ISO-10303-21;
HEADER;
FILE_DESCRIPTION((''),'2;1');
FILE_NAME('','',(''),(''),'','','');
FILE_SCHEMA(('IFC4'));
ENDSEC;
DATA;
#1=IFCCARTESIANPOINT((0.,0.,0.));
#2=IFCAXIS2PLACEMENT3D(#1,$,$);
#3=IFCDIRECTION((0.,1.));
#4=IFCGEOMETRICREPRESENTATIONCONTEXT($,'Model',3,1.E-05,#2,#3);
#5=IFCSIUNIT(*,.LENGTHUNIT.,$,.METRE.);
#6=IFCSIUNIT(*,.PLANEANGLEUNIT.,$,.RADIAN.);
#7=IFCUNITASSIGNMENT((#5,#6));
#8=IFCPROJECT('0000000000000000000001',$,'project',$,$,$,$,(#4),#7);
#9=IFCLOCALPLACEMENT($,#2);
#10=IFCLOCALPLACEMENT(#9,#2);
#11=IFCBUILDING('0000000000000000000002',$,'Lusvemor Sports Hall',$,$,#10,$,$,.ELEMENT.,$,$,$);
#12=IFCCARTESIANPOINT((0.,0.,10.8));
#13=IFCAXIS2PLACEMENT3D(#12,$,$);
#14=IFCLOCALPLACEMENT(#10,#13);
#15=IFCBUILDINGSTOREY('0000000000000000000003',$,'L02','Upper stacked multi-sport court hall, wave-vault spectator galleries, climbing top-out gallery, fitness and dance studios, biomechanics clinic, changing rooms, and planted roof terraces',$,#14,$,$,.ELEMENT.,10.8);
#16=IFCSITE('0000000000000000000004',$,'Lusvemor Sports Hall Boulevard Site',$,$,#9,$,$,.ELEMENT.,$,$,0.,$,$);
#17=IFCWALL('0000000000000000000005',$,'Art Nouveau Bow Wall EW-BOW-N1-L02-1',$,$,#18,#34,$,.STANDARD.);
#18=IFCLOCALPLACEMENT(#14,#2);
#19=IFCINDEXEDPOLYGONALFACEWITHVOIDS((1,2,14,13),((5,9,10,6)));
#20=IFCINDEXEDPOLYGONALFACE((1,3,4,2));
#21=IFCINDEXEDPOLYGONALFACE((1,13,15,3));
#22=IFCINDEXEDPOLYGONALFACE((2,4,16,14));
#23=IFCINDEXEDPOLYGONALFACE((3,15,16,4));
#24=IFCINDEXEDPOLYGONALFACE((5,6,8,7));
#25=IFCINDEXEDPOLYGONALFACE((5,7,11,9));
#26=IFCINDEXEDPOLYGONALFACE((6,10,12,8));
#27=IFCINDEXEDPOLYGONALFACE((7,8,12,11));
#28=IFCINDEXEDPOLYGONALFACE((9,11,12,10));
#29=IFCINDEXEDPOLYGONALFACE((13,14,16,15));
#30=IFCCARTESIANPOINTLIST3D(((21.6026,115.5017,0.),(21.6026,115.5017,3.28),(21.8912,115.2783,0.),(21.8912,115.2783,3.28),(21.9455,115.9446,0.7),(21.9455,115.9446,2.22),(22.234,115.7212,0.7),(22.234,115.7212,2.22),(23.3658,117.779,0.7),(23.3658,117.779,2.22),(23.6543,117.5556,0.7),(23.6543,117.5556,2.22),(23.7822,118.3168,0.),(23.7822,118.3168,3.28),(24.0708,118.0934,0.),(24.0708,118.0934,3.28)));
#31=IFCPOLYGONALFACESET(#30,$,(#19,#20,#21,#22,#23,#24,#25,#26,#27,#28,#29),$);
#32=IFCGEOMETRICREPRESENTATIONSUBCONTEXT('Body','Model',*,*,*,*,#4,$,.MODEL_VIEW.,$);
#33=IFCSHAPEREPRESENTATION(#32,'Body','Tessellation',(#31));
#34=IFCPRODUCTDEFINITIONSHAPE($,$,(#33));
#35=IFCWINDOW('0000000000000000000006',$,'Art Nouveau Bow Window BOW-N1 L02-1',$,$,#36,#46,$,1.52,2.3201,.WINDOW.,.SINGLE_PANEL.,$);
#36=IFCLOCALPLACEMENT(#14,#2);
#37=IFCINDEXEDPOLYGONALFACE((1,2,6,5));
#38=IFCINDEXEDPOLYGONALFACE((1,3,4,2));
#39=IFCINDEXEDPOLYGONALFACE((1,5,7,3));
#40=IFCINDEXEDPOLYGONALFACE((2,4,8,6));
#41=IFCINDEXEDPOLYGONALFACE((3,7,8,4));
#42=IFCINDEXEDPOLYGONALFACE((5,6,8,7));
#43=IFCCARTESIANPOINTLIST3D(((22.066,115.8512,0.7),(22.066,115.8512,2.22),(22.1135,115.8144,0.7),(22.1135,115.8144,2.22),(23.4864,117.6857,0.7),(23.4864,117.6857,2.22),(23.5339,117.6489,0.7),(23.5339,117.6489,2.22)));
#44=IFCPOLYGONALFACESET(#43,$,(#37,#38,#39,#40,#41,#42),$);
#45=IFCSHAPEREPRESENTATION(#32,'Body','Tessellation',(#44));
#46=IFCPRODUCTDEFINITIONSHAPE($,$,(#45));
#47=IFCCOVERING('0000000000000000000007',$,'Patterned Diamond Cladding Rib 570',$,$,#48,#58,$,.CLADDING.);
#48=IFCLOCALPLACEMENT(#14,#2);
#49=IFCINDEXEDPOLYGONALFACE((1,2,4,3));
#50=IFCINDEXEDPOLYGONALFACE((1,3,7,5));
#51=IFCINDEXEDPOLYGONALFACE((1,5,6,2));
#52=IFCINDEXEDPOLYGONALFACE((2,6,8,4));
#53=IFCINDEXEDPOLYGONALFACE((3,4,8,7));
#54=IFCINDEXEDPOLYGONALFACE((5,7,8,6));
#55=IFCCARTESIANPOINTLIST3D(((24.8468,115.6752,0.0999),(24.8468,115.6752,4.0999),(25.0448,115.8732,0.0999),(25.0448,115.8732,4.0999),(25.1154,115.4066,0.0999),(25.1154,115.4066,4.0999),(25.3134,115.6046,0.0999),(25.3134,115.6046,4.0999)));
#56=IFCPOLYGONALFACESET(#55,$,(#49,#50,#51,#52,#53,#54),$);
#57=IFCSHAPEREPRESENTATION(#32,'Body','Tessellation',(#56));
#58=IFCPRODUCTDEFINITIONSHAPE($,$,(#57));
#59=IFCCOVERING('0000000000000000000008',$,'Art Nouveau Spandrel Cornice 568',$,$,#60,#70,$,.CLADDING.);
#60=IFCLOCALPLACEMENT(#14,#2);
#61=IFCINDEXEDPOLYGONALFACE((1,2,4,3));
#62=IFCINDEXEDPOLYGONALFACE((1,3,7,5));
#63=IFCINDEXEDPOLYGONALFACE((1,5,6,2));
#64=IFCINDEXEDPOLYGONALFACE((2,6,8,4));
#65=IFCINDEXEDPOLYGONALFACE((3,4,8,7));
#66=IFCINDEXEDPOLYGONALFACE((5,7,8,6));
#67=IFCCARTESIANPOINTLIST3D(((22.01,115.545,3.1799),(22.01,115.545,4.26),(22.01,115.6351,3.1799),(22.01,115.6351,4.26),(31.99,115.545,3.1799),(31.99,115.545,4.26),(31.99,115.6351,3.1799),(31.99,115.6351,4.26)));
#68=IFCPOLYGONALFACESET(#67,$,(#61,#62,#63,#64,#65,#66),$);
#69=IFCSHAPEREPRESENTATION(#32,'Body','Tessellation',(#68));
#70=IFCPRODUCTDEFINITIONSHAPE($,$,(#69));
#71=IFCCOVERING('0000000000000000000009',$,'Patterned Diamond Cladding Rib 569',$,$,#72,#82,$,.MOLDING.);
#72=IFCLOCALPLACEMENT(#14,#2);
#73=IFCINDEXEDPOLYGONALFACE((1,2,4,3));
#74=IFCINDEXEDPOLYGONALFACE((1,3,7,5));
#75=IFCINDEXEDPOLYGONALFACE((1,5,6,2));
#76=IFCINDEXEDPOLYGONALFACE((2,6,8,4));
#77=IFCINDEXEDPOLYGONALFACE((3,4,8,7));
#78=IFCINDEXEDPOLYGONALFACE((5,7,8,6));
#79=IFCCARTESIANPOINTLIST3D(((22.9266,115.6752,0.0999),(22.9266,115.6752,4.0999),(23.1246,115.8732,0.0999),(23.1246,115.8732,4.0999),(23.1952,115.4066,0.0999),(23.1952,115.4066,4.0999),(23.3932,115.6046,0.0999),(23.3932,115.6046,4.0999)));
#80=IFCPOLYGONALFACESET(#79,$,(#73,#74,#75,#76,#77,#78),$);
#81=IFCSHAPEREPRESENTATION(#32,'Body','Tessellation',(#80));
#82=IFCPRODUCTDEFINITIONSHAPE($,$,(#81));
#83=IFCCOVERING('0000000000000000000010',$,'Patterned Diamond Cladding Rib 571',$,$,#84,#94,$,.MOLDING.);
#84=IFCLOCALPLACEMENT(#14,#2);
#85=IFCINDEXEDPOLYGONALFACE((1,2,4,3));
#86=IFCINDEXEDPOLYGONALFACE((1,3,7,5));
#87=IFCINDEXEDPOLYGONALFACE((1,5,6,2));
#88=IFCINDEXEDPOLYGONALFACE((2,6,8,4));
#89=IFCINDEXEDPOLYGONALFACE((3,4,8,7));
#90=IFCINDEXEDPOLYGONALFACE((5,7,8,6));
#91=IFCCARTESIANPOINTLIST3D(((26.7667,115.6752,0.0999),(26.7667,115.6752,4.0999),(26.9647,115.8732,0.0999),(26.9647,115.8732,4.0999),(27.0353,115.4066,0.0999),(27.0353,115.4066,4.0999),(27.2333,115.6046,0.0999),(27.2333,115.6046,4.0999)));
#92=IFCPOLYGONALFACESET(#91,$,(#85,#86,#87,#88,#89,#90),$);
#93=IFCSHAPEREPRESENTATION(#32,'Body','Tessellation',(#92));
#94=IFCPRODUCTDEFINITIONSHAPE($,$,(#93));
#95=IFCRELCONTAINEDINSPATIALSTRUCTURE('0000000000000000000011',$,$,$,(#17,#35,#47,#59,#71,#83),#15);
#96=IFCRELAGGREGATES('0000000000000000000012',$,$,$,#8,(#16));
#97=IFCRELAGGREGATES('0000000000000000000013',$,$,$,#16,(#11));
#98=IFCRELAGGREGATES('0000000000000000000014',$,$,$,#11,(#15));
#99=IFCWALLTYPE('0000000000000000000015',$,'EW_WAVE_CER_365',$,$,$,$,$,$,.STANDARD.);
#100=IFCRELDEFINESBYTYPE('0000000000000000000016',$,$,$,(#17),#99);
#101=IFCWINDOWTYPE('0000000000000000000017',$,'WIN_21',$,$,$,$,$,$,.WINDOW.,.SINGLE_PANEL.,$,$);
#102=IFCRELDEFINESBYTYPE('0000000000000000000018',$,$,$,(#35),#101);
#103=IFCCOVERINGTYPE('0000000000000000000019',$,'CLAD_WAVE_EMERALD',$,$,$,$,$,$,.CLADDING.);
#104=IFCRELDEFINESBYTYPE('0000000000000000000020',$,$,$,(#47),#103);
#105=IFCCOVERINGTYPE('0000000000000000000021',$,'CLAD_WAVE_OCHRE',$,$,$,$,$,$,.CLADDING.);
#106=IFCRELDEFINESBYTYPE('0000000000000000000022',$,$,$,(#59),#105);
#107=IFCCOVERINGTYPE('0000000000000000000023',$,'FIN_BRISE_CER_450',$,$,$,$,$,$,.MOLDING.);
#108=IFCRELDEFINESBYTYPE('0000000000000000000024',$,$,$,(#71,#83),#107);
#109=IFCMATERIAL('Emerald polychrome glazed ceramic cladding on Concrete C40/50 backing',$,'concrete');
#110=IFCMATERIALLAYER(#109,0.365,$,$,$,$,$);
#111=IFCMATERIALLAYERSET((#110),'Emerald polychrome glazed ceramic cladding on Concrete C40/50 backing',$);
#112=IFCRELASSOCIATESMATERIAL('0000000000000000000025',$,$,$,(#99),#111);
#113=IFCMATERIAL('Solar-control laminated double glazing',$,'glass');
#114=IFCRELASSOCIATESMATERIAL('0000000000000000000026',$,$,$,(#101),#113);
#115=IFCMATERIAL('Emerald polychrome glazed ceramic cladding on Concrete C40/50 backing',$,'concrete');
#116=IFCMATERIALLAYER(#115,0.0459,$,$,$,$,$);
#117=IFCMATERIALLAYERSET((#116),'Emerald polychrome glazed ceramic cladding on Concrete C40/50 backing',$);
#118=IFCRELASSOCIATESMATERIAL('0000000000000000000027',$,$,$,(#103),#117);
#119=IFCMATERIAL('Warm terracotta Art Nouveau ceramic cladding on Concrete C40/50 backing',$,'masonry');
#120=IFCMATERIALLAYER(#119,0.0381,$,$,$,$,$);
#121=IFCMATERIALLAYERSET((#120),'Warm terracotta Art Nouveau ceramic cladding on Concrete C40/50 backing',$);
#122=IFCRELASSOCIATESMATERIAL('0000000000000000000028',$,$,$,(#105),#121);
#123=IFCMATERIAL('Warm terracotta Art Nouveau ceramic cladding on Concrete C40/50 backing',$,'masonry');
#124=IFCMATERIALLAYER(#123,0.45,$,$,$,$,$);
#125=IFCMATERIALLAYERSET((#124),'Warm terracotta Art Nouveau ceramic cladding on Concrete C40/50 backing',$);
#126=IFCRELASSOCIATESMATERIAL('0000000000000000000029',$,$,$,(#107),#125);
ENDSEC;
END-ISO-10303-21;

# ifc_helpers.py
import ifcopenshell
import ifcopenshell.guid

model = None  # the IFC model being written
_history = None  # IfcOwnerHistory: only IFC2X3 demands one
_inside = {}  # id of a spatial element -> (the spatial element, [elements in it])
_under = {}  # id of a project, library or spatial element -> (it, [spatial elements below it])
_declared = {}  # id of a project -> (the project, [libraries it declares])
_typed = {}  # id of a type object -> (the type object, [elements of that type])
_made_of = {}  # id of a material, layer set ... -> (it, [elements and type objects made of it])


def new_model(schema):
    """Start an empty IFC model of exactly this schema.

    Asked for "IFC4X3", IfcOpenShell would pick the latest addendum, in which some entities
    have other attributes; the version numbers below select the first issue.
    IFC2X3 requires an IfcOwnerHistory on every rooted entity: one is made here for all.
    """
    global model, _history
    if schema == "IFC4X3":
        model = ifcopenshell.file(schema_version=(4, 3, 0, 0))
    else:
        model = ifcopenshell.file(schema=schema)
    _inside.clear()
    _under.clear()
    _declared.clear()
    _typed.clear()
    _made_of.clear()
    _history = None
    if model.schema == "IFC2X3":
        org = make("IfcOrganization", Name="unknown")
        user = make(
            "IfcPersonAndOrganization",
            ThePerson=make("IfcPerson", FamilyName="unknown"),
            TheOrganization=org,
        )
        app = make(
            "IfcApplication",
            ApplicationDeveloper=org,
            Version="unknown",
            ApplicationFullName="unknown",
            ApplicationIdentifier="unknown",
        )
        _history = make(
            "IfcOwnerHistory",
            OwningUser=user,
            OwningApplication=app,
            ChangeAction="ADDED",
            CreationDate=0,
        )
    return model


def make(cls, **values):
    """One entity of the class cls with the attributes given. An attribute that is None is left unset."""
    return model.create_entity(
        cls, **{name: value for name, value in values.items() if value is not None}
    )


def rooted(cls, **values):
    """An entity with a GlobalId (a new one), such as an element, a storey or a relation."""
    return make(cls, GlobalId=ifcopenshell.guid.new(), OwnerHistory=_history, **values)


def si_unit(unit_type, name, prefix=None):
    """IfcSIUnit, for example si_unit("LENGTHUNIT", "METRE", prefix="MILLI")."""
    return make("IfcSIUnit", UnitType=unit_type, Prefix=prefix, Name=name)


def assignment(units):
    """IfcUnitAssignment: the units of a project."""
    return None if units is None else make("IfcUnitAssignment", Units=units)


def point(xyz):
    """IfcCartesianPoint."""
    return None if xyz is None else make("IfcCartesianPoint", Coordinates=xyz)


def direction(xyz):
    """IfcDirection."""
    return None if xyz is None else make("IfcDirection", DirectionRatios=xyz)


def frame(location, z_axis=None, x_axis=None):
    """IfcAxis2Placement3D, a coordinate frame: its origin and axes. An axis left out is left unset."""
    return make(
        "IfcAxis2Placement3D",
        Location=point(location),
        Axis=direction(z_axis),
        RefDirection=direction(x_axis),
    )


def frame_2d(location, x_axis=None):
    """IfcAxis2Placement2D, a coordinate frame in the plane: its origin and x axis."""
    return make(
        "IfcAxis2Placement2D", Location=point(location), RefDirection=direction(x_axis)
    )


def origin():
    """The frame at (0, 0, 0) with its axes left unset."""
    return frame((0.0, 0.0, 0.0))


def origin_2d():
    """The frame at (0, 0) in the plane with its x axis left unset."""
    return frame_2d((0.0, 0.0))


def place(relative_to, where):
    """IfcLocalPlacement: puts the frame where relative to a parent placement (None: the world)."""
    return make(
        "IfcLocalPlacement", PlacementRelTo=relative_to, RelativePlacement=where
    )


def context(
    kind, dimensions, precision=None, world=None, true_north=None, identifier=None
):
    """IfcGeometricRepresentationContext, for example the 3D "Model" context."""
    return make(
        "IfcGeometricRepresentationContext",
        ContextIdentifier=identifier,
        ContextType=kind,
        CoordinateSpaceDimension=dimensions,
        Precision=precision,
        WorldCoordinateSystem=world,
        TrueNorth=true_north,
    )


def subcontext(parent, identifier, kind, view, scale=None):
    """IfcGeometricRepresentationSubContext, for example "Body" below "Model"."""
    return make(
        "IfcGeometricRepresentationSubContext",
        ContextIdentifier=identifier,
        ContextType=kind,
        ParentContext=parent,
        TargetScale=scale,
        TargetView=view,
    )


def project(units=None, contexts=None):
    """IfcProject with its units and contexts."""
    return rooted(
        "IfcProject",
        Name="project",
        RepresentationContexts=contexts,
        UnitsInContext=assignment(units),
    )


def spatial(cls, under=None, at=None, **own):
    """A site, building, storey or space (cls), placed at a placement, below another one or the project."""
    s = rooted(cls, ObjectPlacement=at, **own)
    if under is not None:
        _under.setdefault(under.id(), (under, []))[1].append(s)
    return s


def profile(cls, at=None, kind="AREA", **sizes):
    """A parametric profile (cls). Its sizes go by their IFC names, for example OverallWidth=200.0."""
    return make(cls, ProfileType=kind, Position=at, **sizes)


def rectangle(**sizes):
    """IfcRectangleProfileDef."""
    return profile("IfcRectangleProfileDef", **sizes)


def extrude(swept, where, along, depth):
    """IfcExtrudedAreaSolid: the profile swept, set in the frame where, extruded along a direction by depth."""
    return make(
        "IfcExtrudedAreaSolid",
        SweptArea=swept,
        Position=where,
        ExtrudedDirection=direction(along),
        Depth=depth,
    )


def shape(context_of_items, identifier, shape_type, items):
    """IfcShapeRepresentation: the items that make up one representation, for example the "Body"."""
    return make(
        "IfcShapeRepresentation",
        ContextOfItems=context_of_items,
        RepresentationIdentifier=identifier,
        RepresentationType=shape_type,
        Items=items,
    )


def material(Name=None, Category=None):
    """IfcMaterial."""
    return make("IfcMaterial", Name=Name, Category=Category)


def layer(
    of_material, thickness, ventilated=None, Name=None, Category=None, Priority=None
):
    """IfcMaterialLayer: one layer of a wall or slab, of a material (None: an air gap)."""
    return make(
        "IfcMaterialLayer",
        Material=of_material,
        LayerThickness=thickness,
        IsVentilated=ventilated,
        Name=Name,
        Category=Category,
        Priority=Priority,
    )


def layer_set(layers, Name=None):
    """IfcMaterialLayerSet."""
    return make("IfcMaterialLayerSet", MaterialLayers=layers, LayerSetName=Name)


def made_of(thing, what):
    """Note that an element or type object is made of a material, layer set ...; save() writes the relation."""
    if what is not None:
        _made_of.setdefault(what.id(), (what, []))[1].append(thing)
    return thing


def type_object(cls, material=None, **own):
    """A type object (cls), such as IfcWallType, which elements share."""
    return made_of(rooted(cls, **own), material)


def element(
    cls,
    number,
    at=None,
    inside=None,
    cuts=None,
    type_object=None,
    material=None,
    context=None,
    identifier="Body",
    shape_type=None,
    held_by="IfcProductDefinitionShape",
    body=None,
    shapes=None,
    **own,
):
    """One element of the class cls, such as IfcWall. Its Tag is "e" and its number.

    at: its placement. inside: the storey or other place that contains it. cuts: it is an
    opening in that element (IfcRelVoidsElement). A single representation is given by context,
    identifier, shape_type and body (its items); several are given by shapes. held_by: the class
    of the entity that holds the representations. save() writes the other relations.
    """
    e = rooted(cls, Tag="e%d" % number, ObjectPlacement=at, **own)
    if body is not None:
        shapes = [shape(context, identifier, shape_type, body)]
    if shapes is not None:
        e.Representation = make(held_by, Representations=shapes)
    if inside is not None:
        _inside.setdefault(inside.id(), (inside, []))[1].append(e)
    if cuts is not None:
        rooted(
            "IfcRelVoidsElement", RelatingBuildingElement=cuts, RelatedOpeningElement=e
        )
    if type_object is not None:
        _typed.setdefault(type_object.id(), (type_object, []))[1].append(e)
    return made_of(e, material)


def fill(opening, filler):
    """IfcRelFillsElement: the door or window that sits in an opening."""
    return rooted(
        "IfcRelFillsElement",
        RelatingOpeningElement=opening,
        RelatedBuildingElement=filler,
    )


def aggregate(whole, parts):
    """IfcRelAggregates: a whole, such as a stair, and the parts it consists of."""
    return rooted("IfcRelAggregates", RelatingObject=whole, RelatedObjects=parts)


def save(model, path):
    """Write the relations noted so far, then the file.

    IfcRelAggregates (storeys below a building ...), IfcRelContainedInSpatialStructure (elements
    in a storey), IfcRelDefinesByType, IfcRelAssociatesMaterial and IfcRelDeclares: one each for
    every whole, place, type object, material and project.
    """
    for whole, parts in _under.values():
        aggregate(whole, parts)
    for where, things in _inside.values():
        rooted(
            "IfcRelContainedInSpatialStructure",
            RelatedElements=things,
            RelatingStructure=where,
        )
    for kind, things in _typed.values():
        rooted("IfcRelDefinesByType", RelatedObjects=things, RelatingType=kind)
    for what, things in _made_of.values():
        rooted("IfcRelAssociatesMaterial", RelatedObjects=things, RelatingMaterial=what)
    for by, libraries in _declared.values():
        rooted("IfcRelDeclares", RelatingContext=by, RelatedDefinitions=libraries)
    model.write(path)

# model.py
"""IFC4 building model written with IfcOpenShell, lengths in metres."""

from ifc_helpers import new_model, si_unit, direction, frame, frame_2d, origin, origin_2d, place, context, subcontext, project, spatial, rectangle, extrude, material, layer, layer_set, type_object, element, fill, save


model = new_model("IFC4")

# Units and contexts
model_context = context("Model", 3, precision=1e-05, world=origin(), true_north=direction((0.0, 1.0)))
body_context = subcontext(model_context, "Body", "Model", "MODEL_VIEW")
ifc_project = project(units=[si_unit("LENGTHUNIT", "METRE"), si_unit("PLANEANGLEUNIT", "RADIAN")], contexts=[model_context])

# Site, building, storey
site_placement = place(None, origin())
site = spatial("IfcSite", under=ifc_project, at=site_placement, Name="Lusvemor Sports Hall Boulevard Site", CompositionType="ELEMENT", RefElevation=0.0)
building_placement = place(site_placement, origin())
building = spatial("IfcBuilding", under=site, at=building_placement, Name="Lusvemor Sports Hall", CompositionType="ELEMENT")
storey_placement = place(building_placement, frame((0.0, 0.0, 10.8)))
storey = spatial("IfcBuildingStorey", under=building, at=storey_placement, Name="L02", Description="Upper stacked multi-sport court hall, wave-vault spectator galleries, climbing top-out gallery, fitness and dance studios, biomechanics clinic, changing rooms, and planted roof terraces", CompositionType="ELEMENT", Elevation=10.8)

# Wall, opening, window
ifc_material_1 = material(Name="Emerald polychrome glazed ceramic cladding on Concrete C40/50 backing", Category="concrete")
ifc_layer_1 = layer(ifc_material_1, 0.365)
ifc_layer_set_1 = layer_set([ifc_layer_1], Name="Emerald polychrome glazed ceramic cladding on Concrete C40/50 backing")
wall_type = type_object("IfcWallType", Name="EW_WAVE_CER_365", PredefinedType="STANDARD", material=ifc_layer_set_1)
wall_placement = place(storey_placement, frame((21.7468, 115.3899, 0.0), z_axis=(0.0, 0.0, 1.0), x_axis=(0.612206, 0.790698, 0.0)))
wall = element("IfcWall", 1, at=wall_placement, inside=storey, type_object=wall_type, Name="Art Nouveau Bow Wall EW-BOW-N1-L02-1", PredefinedType="STANDARD", context=body_context, shape_type="SweptSolid", body=[
    extrude(rectangle(XDim=3.5603, YDim=0.365, at=frame_2d((1.7803, 0.0))), origin(), (0.0, 0.0, 1.0), 3.28),
])
opening_placement = place(wall_placement, frame((0.5601, 0.0, 0.7)))
opening = element("IfcOpeningElement", 2, at=opening_placement, cuts=wall, PredefinedType="OPENING", context=body_context, shape_type="SweptSolid", body=[
    extrude(rectangle(XDim=2.3201, YDim=1.52, at=frame_2d((1.1602, 0.76))), frame((0.0, 0.1826, 0.0), z_axis=(0.0, -1.0, 0.0), x_axis=(1.0, 0.0, 0.0)), (0.0, 0.0, 1.0), 0.365),
])
ifc_material_2 = material(Name="Solar-control laminated double glazing", Category="glass")
window_type = type_object("IfcWindowType", Name="WIN_21", PartitioningType="SINGLE_PANEL", PredefinedType="WINDOW", material=ifc_material_2)
window_placement = place(opening_placement, origin())
window = element("IfcWindow", 3, at=window_placement, inside=storey, type_object=window_type, Name="Art Nouveau Bow Window BOW-N1 L02-1", OverallHeight=1.52, OverallWidth=2.3201, PartitioningType="SINGLE_PANEL", PredefinedType="WINDOW", context=body_context, shape_type="SweptSolid", body=[
    extrude(rectangle(XDim=2.3201, YDim=1.52, at=frame_2d((1.1602, 0.76))), frame((0.0, 0.03, 0.0), z_axis=(0.0, -1.0, 0.0), x_axis=(1.0, 0.0, 0.0)), (0.0, 0.0, 1.0), 0.0601),
])
fill(opening, window)

# Coverings
ifc_material_3 = material(Name="Emerald polychrome glazed ceramic cladding on Concrete C40/50 backing", Category="concrete")
ifc_layer_2 = layer(ifc_material_3, 0.0459)
ifc_layer_set_2 = layer_set([ifc_layer_2], Name="Emerald polychrome glazed ceramic cladding on Concrete C40/50 backing")
covering_type_1 = type_object("IfcCoveringType", Name="CLAD_WAVE_EMERALD", PredefinedType="CLADDING", material=ifc_layer_set_2)
covering_1_placement = place(storey_placement, frame((25.0801, 115.6399, 0.0999), z_axis=(0.0, 0.0, 1.0), x_axis=(0.707107, 0.707107, 0.0)))
element("IfcCovering", 4, at=covering_1_placement, inside=storey, type_object=covering_type_1, Name="Patterned Diamond Cladding Rib 570", PredefinedType="CLADDING", context=body_context, shape_type="SweptSolid", body=[
    extrude(rectangle(XDim=0.28, YDim=0.3799, at=origin_2d()), origin(), (0.0, 0.0, 1.0), 4.0),
])
ifc_material_4 = material(Name="Warm terracotta Art Nouveau ceramic cladding on Concrete C40/50 backing", Category="masonry")
ifc_layer_3 = layer(ifc_material_4, 0.0381)
ifc_layer_set_3 = layer_set([ifc_layer_3], Name="Warm terracotta Art Nouveau ceramic cladding on Concrete C40/50 backing")
covering_type_2 = type_object("IfcCoveringType", Name="CLAD_WAVE_OCHRE", PredefinedType="CLADDING", material=ifc_layer_set_3)
covering_2_placement = place(storey_placement, frame((27.0, 115.5901, 3.1799), z_axis=(0.0, 0.0, 1.0), x_axis=(1.0, 0.0, 0.0)))
element("IfcCovering", 5, at=covering_2_placement, inside=storey, type_object=covering_type_2, Name="Art Nouveau Spandrel Cornice 568", PredefinedType="CLADDING", context=body_context, shape_type="SweptSolid", body=[
    extrude(rectangle(XDim=9.98, YDim=0.0901, at=origin_2d()), origin(), (0.0, 0.0, 1.0), 1.0801),
])
ifc_material_5 = material(Name="Warm terracotta Art Nouveau ceramic cladding on Concrete C40/50 backing", Category="masonry")
ifc_layer_4 = layer(ifc_material_5, 0.45)
ifc_layer_set_4 = layer_set([ifc_layer_4], Name="Warm terracotta Art Nouveau ceramic cladding on Concrete C40/50 backing")
covering_type_3 = type_object("IfcCoveringType", Name="FIN_BRISE_CER_450", PredefinedType="MOLDING", material=ifc_layer_set_4)
for number, where, z_axis, x_axis, name in (
    (6, (23.1599, 115.6399, 0.0999), (0.0, 0.0, 1.0), (0.707107, 0.707107, 0.0), "Patterned Diamond Cladding Rib 569"),
    (7, (27.0, 115.6399, 0.0999), (0.0, 0.0, 1.0), (0.707107, 0.707107, 0.0), "Patterned Diamond Cladding Rib 571"),
):
    element("IfcCovering", number, at=place(storey_placement, frame(where, z_axis=z_axis, x_axis=x_axis)), inside=storey, type_object=covering_type_3, Name=name, PredefinedType="MOLDING", context=body_context, shape_type="SweptSolid", body=[
        extrude(rectangle(XDim=0.28, YDim=0.3799, at=origin_2d()), origin(), (0.0, 0.0, 1.0), 4.0),
    ])

save(model, "model.ifc")
